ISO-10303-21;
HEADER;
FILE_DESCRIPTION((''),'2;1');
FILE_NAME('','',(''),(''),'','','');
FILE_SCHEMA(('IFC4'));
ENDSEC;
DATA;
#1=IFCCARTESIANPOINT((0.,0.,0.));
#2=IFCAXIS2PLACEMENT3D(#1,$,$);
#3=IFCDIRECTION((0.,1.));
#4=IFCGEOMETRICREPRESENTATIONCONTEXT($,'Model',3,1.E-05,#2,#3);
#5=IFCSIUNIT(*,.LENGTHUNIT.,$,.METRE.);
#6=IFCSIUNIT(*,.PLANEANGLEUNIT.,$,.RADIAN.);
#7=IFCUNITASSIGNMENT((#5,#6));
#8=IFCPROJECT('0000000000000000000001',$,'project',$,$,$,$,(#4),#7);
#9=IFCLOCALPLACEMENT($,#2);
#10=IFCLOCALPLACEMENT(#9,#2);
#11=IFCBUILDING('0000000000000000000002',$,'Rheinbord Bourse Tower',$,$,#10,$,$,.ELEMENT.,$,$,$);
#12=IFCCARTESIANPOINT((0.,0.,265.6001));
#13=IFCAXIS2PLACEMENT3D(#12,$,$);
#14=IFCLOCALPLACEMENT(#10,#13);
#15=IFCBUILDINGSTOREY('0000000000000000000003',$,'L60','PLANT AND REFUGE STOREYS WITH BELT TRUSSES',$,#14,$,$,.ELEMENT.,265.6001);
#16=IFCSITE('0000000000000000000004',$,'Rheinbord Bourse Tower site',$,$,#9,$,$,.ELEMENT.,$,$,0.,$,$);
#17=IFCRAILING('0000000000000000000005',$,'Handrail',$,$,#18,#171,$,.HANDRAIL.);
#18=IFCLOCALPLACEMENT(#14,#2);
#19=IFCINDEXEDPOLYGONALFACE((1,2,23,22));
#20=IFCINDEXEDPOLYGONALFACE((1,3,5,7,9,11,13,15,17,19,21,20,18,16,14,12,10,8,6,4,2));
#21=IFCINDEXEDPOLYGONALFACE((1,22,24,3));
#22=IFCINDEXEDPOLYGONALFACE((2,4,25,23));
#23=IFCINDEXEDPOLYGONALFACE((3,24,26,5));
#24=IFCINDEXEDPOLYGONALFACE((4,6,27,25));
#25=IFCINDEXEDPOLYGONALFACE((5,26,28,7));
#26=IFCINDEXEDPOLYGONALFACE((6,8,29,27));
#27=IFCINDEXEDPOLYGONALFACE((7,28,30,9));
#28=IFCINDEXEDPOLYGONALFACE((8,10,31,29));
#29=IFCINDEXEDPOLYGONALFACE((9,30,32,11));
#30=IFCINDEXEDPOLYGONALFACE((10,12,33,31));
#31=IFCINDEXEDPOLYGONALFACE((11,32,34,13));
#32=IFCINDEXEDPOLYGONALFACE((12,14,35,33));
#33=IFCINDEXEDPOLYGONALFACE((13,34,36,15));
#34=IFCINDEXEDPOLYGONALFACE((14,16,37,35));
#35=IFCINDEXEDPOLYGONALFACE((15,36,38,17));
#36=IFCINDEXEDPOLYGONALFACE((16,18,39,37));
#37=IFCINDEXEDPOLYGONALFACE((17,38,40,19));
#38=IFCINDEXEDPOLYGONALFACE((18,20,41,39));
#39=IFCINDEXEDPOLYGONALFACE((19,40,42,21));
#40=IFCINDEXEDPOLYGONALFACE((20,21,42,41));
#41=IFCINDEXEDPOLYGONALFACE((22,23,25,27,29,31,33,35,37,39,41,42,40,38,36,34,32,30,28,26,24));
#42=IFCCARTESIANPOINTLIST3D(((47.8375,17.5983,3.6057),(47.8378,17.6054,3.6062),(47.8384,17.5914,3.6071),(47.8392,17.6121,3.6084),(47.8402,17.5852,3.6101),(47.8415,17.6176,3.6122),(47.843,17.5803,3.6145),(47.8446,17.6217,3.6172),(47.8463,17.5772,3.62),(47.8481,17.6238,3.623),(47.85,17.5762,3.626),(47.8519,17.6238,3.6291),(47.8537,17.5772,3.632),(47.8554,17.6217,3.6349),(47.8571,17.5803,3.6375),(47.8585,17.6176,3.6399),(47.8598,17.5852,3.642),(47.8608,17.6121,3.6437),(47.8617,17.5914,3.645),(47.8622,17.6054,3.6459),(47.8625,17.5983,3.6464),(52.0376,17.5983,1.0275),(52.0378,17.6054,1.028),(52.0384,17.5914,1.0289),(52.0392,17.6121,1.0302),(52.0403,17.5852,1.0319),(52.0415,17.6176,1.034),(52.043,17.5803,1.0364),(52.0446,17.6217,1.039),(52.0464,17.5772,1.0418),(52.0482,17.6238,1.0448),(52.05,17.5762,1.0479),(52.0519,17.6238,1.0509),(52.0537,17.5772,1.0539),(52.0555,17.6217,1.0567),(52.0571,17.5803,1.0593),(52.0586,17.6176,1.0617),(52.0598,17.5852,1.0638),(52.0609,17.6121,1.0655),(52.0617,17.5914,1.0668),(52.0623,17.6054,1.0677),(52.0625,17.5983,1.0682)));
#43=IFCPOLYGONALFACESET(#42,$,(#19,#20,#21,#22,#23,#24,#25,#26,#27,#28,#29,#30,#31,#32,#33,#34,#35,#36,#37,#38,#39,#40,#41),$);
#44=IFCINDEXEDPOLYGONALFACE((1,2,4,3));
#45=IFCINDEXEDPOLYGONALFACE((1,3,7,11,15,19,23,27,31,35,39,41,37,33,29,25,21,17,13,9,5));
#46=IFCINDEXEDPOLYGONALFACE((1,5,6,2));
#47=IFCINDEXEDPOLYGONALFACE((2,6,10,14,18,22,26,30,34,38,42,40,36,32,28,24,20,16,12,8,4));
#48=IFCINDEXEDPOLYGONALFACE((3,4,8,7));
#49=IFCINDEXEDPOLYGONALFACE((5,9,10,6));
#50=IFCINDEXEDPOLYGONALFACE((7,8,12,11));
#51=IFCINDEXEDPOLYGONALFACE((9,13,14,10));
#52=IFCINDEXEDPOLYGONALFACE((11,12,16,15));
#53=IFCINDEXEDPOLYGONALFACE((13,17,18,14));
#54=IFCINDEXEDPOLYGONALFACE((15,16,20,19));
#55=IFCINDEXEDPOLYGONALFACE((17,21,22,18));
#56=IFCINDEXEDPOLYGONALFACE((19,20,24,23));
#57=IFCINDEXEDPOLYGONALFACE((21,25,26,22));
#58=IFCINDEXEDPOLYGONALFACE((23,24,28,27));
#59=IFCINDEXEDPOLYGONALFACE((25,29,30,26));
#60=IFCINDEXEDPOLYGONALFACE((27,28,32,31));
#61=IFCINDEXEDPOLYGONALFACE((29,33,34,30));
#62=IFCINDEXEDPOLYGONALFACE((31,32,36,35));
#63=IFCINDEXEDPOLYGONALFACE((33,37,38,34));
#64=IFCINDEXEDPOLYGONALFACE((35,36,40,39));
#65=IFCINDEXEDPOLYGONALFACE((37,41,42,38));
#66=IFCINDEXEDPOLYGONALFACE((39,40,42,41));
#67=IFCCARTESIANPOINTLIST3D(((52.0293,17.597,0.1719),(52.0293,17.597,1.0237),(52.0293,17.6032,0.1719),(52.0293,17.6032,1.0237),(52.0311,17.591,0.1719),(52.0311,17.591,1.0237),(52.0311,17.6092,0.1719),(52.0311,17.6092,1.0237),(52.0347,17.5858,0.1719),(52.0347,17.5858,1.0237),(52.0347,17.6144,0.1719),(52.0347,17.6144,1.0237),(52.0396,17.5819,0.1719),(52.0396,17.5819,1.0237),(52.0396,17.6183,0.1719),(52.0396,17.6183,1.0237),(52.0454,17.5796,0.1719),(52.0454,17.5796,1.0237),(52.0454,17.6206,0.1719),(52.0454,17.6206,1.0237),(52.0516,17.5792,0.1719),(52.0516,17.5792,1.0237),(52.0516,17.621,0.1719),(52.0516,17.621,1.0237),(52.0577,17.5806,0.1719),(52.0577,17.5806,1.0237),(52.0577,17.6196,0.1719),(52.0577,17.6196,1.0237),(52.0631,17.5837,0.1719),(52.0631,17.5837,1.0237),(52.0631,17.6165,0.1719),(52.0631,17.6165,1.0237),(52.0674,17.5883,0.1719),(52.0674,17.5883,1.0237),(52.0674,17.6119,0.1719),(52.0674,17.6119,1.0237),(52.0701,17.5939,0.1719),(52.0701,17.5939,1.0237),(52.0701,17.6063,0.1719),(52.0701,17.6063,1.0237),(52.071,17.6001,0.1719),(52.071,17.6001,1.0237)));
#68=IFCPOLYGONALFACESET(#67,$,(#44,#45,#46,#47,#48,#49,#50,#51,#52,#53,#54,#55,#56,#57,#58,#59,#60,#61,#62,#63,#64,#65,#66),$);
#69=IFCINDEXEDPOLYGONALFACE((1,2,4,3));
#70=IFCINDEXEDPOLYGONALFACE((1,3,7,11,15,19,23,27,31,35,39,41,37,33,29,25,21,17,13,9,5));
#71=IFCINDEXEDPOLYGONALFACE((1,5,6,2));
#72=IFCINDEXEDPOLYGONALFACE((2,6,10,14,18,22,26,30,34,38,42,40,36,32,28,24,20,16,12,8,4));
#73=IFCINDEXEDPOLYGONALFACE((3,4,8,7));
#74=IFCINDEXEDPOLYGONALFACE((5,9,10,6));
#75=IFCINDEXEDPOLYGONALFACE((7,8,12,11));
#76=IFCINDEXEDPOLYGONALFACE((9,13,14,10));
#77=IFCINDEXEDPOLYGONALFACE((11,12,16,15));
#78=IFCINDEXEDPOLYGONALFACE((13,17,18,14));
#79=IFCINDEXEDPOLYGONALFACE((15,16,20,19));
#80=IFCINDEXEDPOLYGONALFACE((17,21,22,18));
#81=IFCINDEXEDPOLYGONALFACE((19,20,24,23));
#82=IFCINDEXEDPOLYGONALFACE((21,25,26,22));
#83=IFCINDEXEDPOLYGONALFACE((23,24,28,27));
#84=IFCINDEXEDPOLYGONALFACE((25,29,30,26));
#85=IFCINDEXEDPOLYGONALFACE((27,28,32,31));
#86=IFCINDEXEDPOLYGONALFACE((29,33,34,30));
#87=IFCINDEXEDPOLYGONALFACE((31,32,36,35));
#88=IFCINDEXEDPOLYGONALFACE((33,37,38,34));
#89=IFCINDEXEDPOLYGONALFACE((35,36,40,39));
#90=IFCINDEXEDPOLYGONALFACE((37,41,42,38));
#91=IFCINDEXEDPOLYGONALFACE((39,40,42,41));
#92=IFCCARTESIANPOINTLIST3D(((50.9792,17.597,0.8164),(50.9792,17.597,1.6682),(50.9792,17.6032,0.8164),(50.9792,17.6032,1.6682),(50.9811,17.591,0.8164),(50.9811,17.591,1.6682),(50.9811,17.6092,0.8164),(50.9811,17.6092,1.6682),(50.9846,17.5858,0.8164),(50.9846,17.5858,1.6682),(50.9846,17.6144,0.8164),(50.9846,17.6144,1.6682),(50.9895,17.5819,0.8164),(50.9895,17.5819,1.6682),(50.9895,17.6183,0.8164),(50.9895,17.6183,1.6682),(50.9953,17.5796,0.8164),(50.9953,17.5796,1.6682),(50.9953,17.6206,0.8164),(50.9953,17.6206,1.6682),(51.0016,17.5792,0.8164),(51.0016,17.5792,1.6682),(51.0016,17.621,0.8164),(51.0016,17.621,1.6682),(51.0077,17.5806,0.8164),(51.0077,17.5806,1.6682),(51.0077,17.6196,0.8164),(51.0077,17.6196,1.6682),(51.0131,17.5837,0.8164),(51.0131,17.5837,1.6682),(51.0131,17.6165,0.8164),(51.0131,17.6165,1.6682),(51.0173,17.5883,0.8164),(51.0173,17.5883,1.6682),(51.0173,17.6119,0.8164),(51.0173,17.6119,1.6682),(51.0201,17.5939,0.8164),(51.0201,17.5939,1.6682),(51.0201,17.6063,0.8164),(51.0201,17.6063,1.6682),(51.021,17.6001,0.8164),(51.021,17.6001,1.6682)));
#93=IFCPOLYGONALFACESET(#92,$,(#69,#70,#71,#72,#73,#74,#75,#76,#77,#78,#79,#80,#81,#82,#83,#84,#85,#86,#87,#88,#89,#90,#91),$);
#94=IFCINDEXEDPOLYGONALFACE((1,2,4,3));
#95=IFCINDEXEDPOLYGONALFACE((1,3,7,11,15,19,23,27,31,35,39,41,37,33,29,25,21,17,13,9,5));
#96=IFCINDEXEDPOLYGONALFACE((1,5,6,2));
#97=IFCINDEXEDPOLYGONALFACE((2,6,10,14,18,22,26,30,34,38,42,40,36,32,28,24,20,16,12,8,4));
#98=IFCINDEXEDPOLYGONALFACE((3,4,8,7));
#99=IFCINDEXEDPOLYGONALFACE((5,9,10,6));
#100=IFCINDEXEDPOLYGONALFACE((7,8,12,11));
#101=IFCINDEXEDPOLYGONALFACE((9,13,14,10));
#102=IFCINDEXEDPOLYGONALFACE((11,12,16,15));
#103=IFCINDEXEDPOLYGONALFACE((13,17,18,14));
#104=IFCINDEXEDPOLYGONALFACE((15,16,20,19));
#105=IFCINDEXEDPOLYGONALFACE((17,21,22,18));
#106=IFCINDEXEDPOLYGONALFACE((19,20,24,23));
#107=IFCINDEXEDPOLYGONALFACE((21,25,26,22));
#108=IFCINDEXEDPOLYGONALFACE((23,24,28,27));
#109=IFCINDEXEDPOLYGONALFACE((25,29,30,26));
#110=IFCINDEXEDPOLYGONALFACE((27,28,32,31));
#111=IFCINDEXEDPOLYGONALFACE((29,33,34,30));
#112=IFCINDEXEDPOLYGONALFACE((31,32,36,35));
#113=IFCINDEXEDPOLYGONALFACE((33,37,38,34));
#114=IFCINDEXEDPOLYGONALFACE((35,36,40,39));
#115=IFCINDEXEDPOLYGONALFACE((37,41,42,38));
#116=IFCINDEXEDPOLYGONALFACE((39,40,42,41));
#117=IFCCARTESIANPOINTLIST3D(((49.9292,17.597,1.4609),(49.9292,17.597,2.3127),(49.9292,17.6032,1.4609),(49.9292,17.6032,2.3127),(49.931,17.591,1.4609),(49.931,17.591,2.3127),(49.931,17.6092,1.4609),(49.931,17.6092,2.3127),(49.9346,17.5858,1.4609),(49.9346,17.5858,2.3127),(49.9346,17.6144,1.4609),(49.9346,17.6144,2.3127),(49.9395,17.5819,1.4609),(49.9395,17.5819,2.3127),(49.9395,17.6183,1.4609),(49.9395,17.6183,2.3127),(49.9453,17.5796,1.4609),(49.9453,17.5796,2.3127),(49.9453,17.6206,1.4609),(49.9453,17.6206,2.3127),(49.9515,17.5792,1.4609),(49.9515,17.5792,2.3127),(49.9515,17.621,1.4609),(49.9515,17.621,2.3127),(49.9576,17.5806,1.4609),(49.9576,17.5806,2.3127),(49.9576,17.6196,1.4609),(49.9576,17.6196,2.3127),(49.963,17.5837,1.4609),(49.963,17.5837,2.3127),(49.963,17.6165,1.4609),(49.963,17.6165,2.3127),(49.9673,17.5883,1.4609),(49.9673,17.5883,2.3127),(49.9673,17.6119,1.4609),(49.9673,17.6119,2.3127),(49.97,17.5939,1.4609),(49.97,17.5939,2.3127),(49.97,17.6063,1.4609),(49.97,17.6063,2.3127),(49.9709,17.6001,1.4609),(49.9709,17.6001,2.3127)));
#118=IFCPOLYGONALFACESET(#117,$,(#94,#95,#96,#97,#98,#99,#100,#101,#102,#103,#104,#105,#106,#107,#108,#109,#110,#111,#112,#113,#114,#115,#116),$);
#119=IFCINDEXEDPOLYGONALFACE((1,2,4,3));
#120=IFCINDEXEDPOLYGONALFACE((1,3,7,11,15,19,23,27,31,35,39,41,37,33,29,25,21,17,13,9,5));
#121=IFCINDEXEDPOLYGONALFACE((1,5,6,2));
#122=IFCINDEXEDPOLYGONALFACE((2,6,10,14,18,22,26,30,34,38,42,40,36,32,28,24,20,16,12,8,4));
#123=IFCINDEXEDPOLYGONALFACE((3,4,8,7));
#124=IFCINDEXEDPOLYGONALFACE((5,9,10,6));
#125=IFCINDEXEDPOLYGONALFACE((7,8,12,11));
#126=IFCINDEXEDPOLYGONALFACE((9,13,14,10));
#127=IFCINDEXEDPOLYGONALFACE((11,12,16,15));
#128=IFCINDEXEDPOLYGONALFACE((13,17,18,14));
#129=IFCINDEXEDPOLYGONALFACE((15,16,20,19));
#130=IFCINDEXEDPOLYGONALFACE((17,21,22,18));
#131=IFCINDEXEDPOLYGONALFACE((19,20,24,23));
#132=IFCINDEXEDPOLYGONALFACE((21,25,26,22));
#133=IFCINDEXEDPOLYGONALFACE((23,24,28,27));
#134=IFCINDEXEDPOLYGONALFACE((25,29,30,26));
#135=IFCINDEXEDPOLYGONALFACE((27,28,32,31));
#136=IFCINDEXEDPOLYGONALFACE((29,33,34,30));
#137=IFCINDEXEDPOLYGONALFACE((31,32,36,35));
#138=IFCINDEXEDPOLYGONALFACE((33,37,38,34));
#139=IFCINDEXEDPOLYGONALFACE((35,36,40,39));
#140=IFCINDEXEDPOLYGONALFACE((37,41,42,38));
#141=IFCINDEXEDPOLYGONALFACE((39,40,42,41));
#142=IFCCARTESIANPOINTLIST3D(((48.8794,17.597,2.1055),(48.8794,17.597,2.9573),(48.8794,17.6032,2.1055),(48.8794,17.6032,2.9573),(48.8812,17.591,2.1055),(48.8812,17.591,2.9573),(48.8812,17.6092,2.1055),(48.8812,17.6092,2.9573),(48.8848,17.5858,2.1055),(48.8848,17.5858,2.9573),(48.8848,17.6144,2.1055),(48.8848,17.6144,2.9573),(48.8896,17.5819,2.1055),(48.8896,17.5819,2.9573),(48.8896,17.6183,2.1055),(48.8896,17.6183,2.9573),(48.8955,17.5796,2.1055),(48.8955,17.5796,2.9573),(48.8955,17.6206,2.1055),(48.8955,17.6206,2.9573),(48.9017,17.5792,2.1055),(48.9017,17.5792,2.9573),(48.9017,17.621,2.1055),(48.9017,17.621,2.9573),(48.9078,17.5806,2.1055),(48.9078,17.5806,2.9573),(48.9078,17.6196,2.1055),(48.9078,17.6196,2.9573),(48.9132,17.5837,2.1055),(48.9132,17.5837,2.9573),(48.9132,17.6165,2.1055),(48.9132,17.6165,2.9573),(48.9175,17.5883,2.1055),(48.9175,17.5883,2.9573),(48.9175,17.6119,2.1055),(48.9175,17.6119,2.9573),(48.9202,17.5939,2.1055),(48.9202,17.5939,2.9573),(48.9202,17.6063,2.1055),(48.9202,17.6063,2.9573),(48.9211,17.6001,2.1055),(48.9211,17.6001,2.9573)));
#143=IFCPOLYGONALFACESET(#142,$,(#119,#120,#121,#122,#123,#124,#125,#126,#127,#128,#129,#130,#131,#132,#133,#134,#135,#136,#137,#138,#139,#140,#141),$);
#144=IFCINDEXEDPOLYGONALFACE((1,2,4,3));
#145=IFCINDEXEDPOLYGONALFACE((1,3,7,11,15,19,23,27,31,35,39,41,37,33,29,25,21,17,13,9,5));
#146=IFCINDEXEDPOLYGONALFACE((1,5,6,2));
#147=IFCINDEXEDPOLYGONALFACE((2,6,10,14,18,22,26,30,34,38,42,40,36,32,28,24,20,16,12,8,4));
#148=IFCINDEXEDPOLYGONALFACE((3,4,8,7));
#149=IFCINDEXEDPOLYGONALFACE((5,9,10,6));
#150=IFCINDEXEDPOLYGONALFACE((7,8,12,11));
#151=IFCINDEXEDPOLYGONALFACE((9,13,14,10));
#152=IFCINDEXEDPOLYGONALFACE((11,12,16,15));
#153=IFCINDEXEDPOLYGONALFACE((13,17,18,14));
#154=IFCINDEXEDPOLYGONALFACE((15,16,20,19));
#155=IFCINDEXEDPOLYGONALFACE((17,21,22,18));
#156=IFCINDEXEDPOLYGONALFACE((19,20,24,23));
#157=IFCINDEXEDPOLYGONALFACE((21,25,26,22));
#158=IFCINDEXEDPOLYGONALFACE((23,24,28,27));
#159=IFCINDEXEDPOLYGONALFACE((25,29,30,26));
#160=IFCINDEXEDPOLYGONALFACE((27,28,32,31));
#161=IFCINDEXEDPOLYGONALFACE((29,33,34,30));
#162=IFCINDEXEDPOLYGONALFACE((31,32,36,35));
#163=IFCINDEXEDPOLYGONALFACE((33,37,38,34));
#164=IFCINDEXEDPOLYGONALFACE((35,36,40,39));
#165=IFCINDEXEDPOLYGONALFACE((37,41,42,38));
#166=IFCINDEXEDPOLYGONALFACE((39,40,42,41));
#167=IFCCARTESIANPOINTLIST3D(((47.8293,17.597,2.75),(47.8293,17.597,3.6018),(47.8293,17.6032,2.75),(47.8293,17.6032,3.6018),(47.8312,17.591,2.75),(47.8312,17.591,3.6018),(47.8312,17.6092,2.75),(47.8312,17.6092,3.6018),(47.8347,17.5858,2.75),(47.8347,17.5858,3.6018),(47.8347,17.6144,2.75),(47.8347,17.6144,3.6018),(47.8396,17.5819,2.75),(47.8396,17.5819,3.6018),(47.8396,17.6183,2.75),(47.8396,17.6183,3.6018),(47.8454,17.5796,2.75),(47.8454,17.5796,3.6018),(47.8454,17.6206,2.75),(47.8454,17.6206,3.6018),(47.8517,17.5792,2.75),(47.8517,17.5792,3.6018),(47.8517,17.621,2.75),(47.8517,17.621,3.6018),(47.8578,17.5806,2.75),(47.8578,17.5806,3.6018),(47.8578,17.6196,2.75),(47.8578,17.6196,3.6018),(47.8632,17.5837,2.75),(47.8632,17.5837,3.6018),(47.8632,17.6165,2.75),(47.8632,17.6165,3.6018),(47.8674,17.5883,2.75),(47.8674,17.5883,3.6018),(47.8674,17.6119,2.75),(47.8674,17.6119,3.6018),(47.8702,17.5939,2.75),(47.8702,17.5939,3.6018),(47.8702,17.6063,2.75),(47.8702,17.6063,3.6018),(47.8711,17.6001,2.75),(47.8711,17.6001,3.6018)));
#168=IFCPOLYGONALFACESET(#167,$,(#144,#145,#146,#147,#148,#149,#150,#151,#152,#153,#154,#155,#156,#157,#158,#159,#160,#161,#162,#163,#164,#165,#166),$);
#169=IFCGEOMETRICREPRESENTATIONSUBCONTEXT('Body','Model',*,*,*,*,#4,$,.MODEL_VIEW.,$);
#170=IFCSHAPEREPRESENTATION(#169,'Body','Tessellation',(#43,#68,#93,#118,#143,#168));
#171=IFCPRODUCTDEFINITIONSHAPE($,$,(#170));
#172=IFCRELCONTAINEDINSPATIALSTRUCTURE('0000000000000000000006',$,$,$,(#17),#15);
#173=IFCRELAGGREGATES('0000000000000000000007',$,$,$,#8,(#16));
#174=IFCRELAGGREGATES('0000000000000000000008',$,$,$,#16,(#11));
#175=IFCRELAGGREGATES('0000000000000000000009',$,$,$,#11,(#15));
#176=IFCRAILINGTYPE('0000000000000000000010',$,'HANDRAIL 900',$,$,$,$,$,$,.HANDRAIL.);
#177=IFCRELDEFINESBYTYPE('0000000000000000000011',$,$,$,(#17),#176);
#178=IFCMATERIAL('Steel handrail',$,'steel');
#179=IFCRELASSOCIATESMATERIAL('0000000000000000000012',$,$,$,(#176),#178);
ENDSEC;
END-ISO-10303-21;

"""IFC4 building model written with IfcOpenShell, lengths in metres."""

from ifc_helpers import new_model, si_unit, direction, frame, origin, origin_2d, place, context, subcontext, project, spatial, circle, extrude, material, type_object, element, save


model = new_model("IFC4")

# Units and contexts
model_context = context("Model", 3, precision=1e-05, world=origin(), true_north=direction((0.0, 1.0)))
body_context = subcontext(model_context, "Body", "Model", "MODEL_VIEW")
ifc_project = project(units=[si_unit("LENGTHUNIT", "METRE"), si_unit("PLANEANGLEUNIT", "RADIAN")], contexts=[model_context])

# Site, building, storey
site_placement = place(None, origin())
site = spatial("IfcSite", under=ifc_project, at=site_placement, Name="Rheinbord Bourse Tower site", CompositionType="ELEMENT", RefElevation=0.0)
building_placement = place(site_placement, origin())
building = spatial("IfcBuilding", under=site, at=building_placement, Name="Rheinbord Bourse Tower", CompositionType="ELEMENT")
storey_placement = place(building_placement, frame((0.0, 0.0, 265.6001)))
storey = spatial("IfcBuildingStorey", under=building, at=storey_placement, Name="L60", Description="PLANT AND REFUGE STOREYS WITH BELT TRUSSES", CompositionType="ELEMENT", Elevation=265.6001)

# Railing
ifc_material_1 = material(Name="Steel handrail", Category="steel")
railing_type = type_object("IfcRailingType", Name="HANDRAIL 900", PredefinedType="HANDRAIL", material=ifc_material_1)
railing_placement = place(storey_placement, frame((52.05, 17.6001, 0.1719)))
element("IfcRailing", 1, at=railing_placement, inside=storey, type_object=railing_type, Name="Handrail", PredefinedType="HANDRAIL", context=body_context, shape_type="SweptSolid", body=[
    extrude(circle(Radius=0.0239, at=origin_2d()), frame((0.0, 0.0, 0.876), z_axis=(-0.852243, 0.0, 0.523146), x_axis=(0.0, -1.0, 0.0)), (0.0, 0.0, 1.0), 4.9282),
    extrude(circle(Radius=0.021, at=origin_2d()), origin(), (0.0, 0.0, 1.0), 0.8518),
    extrude(circle(Radius=0.021, at=origin_2d()), frame((-1.05, 0.0, 0.6445)), (0.0, 0.0, 1.0), 0.8518),
    extrude(circle(Radius=0.021, at=origin_2d()), frame((-2.1001, 0.0, 1.2891)), (0.0, 0.0, 1.0), 0.8518),
    extrude(circle(Radius=0.021, at=origin_2d()), frame((-3.1499, 0.0, 1.9336)), (0.0, 0.0, 1.0), 0.8518),
    extrude(circle(Radius=0.021, at=origin_2d()), frame((-4.2, 0.0, 2.5781)), (0.0, 0.0, 1.0), 0.8518),
])

save(model, "model.ifc")
